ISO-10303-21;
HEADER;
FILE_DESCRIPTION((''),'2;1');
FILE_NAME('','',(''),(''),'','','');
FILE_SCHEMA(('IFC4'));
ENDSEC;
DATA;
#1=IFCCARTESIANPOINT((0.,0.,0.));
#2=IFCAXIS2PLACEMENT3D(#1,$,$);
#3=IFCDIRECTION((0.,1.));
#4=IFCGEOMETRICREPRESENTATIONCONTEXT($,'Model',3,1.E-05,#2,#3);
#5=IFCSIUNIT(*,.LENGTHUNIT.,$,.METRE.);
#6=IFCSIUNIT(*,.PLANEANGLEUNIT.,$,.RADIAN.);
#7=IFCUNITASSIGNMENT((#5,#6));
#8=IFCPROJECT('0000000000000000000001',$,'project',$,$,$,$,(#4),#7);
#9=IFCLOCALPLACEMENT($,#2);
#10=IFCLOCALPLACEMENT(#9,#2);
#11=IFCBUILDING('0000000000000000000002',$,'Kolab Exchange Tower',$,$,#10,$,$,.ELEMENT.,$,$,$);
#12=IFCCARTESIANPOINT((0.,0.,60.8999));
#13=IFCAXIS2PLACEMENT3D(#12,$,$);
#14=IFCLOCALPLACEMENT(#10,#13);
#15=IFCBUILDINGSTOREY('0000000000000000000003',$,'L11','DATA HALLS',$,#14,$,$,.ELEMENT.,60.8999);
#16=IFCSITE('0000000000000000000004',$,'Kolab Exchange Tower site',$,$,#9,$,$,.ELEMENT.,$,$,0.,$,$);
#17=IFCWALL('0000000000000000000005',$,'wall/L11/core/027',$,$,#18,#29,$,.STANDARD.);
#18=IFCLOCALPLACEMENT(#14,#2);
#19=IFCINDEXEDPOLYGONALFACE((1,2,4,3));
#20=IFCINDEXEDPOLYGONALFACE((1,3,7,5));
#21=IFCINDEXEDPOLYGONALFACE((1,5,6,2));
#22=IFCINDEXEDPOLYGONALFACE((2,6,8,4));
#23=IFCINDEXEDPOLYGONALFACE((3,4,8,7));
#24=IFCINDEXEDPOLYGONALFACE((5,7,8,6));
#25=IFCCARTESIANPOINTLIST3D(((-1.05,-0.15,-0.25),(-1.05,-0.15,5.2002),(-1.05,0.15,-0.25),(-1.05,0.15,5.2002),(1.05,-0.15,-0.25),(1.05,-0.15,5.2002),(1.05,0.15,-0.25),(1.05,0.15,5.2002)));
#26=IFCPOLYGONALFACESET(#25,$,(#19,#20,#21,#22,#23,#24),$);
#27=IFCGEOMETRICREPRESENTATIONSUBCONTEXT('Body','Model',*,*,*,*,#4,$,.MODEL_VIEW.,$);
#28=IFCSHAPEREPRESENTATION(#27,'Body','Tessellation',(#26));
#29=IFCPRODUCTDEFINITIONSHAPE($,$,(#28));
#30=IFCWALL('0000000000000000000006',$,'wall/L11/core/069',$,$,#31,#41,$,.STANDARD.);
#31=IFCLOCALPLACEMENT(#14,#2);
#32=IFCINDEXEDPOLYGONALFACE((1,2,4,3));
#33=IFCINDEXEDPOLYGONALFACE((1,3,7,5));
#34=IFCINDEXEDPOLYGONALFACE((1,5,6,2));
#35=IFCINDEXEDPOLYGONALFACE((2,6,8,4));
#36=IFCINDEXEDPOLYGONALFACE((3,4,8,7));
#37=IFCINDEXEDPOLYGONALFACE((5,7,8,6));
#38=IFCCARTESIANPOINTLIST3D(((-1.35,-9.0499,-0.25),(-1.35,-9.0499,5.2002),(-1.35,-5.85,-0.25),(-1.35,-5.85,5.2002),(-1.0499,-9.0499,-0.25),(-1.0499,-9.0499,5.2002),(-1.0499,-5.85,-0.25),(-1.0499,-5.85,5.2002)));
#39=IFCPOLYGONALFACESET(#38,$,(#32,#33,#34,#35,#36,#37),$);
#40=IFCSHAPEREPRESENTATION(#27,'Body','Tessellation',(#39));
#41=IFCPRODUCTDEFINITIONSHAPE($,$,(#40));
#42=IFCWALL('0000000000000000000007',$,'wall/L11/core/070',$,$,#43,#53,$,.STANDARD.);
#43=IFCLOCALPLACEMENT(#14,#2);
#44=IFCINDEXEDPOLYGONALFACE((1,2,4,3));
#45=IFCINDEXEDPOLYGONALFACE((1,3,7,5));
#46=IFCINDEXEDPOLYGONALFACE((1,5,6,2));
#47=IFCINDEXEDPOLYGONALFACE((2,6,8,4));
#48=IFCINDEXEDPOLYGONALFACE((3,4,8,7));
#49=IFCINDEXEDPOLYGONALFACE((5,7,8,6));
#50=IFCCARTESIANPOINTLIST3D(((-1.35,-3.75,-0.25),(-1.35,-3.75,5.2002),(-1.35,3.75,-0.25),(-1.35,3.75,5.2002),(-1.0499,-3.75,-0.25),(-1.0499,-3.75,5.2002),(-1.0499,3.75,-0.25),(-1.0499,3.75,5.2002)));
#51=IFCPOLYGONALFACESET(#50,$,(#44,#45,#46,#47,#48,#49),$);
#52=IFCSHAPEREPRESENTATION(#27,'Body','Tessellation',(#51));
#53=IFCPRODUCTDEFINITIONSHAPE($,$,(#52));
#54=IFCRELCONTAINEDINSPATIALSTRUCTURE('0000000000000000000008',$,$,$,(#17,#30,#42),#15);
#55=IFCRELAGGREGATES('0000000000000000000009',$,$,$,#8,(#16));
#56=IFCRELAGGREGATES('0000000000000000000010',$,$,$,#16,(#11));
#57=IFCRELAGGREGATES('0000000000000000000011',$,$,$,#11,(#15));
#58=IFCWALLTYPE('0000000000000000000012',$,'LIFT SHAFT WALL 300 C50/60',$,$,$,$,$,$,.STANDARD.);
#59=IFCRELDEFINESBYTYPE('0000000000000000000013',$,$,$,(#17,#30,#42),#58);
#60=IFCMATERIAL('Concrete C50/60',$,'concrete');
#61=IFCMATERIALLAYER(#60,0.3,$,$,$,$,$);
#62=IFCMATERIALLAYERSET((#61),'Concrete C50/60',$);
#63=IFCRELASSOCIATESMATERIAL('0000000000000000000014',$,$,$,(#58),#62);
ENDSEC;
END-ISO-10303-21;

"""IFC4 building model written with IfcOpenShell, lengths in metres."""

from ifc_helpers import new_model, si_unit, direction, frame, frame_2d, origin, place, context, subcontext, project, spatial, rectangle, extrude, material, layer, layer_set, type_object, element, save


model = new_model("IFC4")

# Units and contexts
model_context = context("Model", 3, precision=1e-05, world=origin(), true_north=direction((0.0, 1.0)))
body_context = subcontext(model_context, "Body", "Model", "MODEL_VIEW")
ifc_project = project(units=[si_unit("LENGTHUNIT", "METRE"), si_unit("PLANEANGLEUNIT", "RADIAN")], contexts=[model_context])

# Site, building, storey
site_placement = place(None, origin())
site = spatial("IfcSite", under=ifc_project, at=site_placement, Name="Kolab Exchange Tower site", CompositionType="ELEMENT", RefElevation=0.0)
building_placement = place(site_placement, origin())
building = spatial("IfcBuilding", under=site, at=building_placement, Name="Kolab Exchange Tower", CompositionType="ELEMENT")
storey_placement = place(building_placement, frame((0.0, 0.0, 60.8999)))
storey = spatial("IfcBuildingStorey", under=building, at=storey_placement, Name="L11", Description="DATA HALLS", CompositionType="ELEMENT", Elevation=60.8999)

# Shared definitions
ifc_material_1 = material(Name="Concrete C50/60", Category="concrete")
ifc_layer_1 = layer(ifc_material_1, 0.3)
ifc_layer_set_1 = layer_set([ifc_layer_1], Name="Concrete C50/60")
wall_type = type_object("IfcWallType", Name="LIFT SHAFT WALL 300 C50/60", PredefinedType="STANDARD", material=ifc_layer_set_1)

# Walls
wall_1_placement = place(storey_placement, frame((-1.05, 0.0, -0.25), z_axis=(0.0, 0.0, 1.0), x_axis=(1.0, 0.0, 0.0)))
element("IfcWall", 1, at=wall_1_placement, inside=storey, type_object=wall_type, Name="wall/L11/core/027", PredefinedType="STANDARD", context=body_context, shape_type="SweptSolid", body=[
    extrude(rectangle(XDim=2.1001, YDim=0.3, at=frame_2d((1.05, 0.0))), origin(), (0.0, 0.0, 1.0), 5.4502),
])
wall_2_placement = place(storey_placement, frame((-1.2, -9.05, -0.25), z_axis=(0.0, 0.0, 1.0), x_axis=(0.0, 1.0, 0.0)))
element("IfcWall", 2, at=wall_2_placement, inside=storey, type_object=wall_type, Name="wall/L11/core/069", PredefinedType="STANDARD", context=body_context, shape_type="SweptSolid", body=[
    extrude(rectangle(XDim=3.2, YDim=0.3, at=frame_2d((1.6001, 0.0))), origin(), (0.0, 0.0, 1.0), 5.4502),
])
wall_3_placement = place(storey_placement, frame((-1.2, -3.75, -0.25), z_axis=(0.0, 0.0, 1.0), x_axis=(0.0, 1.0, 0.0)))
element("IfcWall", 3, at=wall_3_placement, inside=storey, type_object=wall_type, Name="wall/L11/core/070", PredefinedType="STANDARD", context=body_context, shape_type="SweptSolid", body=[
    extrude(rectangle(XDim=7.5, YDim=0.3, at=frame_2d((3.75, 0.0))), origin(), (0.0, 0.0, 1.0), 5.4502),
])

save(model, "model.ifc")
